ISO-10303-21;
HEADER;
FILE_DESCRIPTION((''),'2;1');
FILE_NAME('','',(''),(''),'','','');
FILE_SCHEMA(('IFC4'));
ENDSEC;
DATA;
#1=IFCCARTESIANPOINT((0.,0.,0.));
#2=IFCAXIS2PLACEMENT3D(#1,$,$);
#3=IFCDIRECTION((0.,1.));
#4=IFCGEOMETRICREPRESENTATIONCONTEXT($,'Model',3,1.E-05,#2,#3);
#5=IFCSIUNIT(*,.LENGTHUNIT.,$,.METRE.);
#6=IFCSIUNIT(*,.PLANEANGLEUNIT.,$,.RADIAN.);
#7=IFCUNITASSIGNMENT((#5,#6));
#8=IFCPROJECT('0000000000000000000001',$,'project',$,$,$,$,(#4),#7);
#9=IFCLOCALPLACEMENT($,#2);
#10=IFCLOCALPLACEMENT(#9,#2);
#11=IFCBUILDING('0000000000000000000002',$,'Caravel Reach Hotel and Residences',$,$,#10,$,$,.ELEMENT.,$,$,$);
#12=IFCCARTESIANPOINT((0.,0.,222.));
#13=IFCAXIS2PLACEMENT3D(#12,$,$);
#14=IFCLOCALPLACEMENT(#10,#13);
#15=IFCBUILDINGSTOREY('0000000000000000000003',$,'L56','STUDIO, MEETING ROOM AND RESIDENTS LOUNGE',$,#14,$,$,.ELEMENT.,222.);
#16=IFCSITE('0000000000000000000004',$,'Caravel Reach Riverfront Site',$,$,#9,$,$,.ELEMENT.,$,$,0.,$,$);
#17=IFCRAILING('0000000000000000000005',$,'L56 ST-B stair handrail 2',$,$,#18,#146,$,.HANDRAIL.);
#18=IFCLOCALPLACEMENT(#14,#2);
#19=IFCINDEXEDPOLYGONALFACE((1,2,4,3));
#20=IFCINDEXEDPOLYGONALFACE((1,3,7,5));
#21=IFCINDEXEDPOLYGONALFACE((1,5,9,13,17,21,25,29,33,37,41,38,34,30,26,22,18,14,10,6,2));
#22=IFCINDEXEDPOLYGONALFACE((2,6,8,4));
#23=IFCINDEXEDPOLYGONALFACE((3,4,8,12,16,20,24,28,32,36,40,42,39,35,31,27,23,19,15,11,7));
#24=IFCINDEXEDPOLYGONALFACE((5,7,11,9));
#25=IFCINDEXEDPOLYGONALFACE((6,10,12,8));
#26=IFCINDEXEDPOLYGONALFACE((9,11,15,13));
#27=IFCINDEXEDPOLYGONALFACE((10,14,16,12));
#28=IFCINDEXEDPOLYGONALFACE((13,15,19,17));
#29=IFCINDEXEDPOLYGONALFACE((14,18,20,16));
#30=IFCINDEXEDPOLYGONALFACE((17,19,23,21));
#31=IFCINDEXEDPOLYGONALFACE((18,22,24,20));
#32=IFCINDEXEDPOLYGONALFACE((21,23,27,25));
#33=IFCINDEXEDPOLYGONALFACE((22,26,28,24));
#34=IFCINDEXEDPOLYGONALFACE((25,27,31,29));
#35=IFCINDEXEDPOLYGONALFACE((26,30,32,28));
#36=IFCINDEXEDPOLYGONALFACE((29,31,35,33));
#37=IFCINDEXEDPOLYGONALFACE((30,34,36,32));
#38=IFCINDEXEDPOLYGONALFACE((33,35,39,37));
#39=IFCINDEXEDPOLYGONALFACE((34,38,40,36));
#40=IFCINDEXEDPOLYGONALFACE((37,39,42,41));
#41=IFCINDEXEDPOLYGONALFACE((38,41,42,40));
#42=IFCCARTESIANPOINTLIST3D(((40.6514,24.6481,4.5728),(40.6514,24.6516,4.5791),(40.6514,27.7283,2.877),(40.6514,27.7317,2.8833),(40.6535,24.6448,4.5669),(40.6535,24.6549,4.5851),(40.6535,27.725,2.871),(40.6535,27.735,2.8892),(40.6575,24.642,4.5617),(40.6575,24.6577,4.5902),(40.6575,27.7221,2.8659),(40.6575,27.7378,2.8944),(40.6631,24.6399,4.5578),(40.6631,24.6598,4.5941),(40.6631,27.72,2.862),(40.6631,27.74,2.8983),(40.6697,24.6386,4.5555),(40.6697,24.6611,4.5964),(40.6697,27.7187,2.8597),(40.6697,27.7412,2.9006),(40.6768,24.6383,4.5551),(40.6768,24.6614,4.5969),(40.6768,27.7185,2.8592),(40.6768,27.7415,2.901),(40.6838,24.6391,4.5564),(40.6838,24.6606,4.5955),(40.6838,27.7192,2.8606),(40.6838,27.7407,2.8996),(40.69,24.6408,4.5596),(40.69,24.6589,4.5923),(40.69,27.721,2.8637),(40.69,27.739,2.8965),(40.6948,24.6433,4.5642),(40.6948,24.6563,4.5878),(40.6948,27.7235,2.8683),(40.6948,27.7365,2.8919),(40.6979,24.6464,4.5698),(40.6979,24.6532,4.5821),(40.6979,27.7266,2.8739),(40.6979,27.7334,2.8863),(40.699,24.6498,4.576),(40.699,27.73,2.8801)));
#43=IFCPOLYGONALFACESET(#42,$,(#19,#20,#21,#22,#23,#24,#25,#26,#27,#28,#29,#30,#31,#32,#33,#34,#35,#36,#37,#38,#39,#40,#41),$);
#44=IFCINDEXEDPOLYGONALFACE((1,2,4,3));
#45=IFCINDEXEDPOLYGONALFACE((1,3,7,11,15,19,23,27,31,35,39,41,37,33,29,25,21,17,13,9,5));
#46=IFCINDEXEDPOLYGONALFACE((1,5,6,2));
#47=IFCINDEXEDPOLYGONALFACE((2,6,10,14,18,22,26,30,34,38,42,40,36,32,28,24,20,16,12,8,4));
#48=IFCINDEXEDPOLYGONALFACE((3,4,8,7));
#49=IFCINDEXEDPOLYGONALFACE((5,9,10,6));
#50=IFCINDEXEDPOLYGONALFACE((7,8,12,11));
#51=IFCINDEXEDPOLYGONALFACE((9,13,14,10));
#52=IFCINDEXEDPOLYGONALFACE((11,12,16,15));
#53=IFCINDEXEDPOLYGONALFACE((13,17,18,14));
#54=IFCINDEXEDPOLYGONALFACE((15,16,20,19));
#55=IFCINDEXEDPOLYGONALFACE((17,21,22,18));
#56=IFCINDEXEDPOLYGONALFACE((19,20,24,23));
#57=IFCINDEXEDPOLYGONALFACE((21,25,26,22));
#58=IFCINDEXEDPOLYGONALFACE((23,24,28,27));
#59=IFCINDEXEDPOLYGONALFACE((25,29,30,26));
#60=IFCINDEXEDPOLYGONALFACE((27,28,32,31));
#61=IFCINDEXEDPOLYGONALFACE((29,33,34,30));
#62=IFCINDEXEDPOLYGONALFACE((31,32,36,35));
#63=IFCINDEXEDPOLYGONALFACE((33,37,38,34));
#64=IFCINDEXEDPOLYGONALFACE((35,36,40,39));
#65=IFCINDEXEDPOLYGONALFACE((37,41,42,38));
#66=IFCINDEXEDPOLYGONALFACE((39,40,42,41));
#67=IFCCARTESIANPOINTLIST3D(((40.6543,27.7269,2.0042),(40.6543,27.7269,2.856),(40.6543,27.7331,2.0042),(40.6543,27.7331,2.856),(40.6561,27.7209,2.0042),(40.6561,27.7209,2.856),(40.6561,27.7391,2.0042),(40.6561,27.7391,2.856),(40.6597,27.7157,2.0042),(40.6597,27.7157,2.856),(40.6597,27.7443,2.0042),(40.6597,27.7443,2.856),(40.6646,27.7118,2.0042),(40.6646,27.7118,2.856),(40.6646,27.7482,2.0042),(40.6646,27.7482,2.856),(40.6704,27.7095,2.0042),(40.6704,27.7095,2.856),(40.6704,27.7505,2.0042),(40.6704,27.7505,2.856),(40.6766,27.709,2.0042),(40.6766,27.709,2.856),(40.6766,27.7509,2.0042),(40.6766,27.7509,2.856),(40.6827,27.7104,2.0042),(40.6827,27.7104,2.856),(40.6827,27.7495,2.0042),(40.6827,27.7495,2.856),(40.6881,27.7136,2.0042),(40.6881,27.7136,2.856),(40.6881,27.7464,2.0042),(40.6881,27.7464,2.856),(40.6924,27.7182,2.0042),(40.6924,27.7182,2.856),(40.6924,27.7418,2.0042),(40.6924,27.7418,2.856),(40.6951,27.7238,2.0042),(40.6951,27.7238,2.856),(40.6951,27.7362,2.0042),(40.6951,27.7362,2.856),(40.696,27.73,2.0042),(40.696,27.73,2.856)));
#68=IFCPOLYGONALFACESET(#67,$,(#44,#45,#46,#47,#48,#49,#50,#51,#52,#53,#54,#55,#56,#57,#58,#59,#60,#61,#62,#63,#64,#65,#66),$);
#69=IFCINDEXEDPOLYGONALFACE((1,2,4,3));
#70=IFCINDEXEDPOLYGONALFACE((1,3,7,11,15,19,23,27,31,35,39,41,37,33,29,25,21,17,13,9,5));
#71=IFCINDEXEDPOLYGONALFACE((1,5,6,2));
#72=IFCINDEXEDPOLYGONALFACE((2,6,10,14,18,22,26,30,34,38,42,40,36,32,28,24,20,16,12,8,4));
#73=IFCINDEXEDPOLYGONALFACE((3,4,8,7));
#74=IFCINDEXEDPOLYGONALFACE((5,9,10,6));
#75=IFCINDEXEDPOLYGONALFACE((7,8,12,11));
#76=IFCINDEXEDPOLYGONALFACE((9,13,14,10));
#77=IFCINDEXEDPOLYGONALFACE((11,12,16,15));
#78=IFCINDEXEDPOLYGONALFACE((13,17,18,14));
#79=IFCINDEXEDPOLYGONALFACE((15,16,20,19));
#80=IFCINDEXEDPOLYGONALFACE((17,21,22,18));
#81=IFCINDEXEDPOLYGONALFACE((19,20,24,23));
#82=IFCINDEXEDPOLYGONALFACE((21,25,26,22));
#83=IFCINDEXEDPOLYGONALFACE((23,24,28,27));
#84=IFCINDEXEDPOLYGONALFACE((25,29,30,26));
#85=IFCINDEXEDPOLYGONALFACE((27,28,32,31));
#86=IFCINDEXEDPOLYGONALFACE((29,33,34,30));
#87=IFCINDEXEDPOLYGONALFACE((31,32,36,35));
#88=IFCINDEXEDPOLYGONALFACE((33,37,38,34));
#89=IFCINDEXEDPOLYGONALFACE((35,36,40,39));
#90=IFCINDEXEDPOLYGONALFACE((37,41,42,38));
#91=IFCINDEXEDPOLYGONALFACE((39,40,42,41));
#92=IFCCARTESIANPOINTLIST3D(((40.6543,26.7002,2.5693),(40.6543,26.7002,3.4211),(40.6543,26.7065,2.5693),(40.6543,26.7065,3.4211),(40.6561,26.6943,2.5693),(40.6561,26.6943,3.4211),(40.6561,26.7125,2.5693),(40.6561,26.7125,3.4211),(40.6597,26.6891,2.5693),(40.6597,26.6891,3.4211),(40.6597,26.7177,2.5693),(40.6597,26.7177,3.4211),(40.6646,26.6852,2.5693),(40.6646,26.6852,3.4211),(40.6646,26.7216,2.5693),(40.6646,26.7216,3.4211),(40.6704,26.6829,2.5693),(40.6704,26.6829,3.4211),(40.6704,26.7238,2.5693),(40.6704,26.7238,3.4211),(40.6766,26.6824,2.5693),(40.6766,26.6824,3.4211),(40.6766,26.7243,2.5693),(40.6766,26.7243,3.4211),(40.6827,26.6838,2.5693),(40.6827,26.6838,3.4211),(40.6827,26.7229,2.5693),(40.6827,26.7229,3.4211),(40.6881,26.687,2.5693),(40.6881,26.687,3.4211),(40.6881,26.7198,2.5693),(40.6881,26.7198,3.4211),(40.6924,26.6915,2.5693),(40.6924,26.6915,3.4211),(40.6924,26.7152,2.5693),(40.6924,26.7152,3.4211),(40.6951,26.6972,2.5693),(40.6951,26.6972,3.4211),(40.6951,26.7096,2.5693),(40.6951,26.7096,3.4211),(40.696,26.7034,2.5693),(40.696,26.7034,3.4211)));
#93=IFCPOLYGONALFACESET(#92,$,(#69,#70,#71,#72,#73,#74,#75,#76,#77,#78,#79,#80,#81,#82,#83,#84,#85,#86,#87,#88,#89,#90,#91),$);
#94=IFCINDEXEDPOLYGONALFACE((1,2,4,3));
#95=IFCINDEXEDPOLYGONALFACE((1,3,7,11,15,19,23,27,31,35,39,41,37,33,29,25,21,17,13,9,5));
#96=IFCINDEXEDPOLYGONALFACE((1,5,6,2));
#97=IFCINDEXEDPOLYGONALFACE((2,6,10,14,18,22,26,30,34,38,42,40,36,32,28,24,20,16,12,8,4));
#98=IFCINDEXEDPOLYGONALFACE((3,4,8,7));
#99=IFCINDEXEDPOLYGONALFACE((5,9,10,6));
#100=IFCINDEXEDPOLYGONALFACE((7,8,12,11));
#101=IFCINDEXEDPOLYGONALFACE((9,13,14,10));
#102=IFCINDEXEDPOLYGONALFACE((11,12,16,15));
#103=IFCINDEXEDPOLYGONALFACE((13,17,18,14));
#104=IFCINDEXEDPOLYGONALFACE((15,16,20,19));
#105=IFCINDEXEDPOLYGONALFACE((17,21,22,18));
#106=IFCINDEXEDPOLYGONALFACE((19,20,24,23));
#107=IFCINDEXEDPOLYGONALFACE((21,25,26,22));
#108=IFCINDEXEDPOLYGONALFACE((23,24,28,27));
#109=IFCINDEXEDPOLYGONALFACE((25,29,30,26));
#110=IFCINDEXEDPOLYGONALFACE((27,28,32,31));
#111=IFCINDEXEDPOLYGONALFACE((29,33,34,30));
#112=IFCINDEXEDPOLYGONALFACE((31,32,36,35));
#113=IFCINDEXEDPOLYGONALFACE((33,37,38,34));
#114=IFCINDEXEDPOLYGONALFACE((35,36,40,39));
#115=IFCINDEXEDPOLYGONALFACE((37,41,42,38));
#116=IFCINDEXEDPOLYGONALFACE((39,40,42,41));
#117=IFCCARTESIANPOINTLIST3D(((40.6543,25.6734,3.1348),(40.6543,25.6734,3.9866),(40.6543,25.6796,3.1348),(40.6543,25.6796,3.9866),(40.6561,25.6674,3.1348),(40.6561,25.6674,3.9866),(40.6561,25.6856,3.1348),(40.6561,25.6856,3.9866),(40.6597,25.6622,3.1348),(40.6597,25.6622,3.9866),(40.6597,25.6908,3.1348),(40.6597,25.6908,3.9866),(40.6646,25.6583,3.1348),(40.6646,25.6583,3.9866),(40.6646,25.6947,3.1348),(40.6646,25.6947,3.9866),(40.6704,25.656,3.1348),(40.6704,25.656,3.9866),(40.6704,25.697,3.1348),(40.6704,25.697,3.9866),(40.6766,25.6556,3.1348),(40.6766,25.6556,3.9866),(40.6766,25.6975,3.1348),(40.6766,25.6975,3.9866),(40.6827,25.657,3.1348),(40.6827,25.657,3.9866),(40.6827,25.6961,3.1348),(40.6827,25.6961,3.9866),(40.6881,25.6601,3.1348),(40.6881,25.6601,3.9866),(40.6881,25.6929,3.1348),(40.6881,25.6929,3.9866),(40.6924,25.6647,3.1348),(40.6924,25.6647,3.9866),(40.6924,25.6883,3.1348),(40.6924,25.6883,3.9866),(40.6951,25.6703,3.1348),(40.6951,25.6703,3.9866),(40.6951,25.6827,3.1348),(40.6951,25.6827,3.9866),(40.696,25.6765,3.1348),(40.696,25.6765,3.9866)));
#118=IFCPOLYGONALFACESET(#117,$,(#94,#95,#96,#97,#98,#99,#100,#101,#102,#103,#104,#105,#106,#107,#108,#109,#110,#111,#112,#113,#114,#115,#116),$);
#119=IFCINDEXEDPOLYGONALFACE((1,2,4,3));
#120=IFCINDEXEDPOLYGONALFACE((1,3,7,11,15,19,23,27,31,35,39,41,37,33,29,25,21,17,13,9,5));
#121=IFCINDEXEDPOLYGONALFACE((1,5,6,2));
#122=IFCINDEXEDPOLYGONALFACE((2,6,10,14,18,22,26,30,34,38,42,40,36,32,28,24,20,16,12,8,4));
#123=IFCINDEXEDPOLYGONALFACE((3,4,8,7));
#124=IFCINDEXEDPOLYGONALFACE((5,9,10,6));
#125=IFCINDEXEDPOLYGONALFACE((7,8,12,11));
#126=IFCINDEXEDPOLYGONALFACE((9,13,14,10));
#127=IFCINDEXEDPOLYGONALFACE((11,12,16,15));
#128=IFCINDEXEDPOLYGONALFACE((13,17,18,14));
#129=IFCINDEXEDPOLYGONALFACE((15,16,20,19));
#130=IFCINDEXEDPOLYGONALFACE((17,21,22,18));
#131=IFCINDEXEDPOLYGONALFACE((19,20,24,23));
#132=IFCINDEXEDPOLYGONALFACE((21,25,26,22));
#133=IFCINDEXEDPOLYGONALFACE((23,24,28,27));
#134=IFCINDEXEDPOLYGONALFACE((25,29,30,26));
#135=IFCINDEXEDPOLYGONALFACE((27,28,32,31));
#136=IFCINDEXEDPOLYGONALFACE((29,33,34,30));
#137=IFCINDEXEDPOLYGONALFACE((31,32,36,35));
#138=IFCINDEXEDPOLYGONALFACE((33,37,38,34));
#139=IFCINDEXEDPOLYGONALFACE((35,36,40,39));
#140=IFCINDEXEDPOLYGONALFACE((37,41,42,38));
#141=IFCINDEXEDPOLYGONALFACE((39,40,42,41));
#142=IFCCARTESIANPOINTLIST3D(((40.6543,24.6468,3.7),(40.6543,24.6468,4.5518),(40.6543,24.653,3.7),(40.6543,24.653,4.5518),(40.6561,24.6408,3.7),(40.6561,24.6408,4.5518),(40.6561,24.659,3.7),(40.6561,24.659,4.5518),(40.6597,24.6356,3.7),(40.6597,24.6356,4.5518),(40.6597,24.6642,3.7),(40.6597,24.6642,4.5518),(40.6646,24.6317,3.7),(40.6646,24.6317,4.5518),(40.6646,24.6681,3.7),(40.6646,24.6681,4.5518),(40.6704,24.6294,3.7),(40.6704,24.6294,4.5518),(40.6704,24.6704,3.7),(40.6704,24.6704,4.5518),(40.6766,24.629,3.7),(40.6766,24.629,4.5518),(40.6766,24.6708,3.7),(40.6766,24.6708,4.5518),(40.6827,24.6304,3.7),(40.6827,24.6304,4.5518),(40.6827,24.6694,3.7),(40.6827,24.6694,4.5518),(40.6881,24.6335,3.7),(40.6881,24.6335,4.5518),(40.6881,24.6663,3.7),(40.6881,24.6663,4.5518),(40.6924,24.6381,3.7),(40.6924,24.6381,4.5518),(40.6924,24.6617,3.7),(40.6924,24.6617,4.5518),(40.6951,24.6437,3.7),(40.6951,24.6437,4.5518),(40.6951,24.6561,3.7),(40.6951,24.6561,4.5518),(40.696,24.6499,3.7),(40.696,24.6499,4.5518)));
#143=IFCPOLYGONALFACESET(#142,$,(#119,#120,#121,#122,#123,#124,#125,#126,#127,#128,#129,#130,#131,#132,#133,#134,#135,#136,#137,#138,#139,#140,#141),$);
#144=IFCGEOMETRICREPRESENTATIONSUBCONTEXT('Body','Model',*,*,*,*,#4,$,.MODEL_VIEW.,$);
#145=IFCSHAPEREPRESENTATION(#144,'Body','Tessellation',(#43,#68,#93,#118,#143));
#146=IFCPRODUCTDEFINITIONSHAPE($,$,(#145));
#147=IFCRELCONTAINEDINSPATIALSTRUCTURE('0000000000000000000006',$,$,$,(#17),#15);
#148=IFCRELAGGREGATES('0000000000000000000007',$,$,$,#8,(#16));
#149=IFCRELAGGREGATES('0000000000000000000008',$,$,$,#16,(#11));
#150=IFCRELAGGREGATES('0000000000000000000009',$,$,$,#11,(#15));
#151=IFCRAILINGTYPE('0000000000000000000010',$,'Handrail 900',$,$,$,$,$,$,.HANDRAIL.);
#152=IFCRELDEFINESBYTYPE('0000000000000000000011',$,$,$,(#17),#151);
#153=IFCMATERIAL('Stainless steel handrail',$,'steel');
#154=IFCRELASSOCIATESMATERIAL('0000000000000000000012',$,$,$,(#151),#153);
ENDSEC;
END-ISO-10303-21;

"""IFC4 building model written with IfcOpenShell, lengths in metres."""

from ifc_helpers import new_model, si_unit, direction, frame, origin, origin_2d, place, context, subcontext, project, spatial, circle, extrude, material, type_object, element, save


model = new_model("IFC4")

# Units and contexts
model_context = context("Model", 3, precision=1e-05, world=origin(), true_north=direction((0.0, 1.0)))
body_context = subcontext(model_context, "Body", "Model", "MODEL_VIEW")
ifc_project = project(units=[si_unit("LENGTHUNIT", "METRE"), si_unit("PLANEANGLEUNIT", "RADIAN")], contexts=[model_context])

# Site, building, storey
site_placement = place(None, origin())
site = spatial("IfcSite", under=ifc_project, at=site_placement, Name="Caravel Reach Riverfront Site", CompositionType="ELEMENT", RefElevation=0.0)
building_placement = place(site_placement, origin())
building = spatial("IfcBuilding", under=site, at=building_placement, Name="Caravel Reach Hotel and Residences", CompositionType="ELEMENT")
storey_placement = place(building_placement, frame((0.0, 0.0, 222.0)))
storey = spatial("IfcBuildingStorey", under=building, at=storey_placement, Name="L56", Description="STUDIO, MEETING ROOM AND RESIDENTS LOUNGE", CompositionType="ELEMENT", Elevation=222.0)

# Railing
ifc_material_1 = material(Name="Stainless steel handrail", Category="steel")
railing_type_1 = type_object("IfcRailingType", Name="Handrail 900", PredefinedType="HANDRAIL", material=ifc_material_1)
railing_1_placement = place(storey_placement, frame((40.675, 27.73, 2.0042)))
element("IfcRailing", 1, at=railing_1_placement, inside=storey, type_object=railing_type_1, Name="L56 ST-B stair handrail 2", PredefinedType="HANDRAIL", context=body_context, shape_type="SweptSolid", body=[
    extrude(circle(Radius=0.0239, at=origin_2d()), frame((0.0, 0.0, 0.876), z_axis=(0.0, -0.876005, 0.482303), x_axis=(1.0, 0.0, 0.0)), (0.0, 0.0, 1.0), 3.5161),
    extrude(circle(Radius=0.021, at=origin_2d()), origin(), (0.0, 0.0, 1.0), 0.8518),
    extrude(circle(Radius=0.021, at=origin_2d()), frame((0.0, -1.0266, 0.5652)), (0.0, 0.0, 1.0), 0.8518),
    extrude(circle(Radius=0.021, at=origin_2d()), frame((0.0, -2.0535, 1.1306)), (0.0, 0.0, 1.0), 0.8518),
    extrude(circle(Radius=0.021, at=origin_2d()), frame((0.0, -3.0801, 1.6958)), (0.0, 0.0, 1.0), 0.8518),
])

save(model, "model.ifc")
